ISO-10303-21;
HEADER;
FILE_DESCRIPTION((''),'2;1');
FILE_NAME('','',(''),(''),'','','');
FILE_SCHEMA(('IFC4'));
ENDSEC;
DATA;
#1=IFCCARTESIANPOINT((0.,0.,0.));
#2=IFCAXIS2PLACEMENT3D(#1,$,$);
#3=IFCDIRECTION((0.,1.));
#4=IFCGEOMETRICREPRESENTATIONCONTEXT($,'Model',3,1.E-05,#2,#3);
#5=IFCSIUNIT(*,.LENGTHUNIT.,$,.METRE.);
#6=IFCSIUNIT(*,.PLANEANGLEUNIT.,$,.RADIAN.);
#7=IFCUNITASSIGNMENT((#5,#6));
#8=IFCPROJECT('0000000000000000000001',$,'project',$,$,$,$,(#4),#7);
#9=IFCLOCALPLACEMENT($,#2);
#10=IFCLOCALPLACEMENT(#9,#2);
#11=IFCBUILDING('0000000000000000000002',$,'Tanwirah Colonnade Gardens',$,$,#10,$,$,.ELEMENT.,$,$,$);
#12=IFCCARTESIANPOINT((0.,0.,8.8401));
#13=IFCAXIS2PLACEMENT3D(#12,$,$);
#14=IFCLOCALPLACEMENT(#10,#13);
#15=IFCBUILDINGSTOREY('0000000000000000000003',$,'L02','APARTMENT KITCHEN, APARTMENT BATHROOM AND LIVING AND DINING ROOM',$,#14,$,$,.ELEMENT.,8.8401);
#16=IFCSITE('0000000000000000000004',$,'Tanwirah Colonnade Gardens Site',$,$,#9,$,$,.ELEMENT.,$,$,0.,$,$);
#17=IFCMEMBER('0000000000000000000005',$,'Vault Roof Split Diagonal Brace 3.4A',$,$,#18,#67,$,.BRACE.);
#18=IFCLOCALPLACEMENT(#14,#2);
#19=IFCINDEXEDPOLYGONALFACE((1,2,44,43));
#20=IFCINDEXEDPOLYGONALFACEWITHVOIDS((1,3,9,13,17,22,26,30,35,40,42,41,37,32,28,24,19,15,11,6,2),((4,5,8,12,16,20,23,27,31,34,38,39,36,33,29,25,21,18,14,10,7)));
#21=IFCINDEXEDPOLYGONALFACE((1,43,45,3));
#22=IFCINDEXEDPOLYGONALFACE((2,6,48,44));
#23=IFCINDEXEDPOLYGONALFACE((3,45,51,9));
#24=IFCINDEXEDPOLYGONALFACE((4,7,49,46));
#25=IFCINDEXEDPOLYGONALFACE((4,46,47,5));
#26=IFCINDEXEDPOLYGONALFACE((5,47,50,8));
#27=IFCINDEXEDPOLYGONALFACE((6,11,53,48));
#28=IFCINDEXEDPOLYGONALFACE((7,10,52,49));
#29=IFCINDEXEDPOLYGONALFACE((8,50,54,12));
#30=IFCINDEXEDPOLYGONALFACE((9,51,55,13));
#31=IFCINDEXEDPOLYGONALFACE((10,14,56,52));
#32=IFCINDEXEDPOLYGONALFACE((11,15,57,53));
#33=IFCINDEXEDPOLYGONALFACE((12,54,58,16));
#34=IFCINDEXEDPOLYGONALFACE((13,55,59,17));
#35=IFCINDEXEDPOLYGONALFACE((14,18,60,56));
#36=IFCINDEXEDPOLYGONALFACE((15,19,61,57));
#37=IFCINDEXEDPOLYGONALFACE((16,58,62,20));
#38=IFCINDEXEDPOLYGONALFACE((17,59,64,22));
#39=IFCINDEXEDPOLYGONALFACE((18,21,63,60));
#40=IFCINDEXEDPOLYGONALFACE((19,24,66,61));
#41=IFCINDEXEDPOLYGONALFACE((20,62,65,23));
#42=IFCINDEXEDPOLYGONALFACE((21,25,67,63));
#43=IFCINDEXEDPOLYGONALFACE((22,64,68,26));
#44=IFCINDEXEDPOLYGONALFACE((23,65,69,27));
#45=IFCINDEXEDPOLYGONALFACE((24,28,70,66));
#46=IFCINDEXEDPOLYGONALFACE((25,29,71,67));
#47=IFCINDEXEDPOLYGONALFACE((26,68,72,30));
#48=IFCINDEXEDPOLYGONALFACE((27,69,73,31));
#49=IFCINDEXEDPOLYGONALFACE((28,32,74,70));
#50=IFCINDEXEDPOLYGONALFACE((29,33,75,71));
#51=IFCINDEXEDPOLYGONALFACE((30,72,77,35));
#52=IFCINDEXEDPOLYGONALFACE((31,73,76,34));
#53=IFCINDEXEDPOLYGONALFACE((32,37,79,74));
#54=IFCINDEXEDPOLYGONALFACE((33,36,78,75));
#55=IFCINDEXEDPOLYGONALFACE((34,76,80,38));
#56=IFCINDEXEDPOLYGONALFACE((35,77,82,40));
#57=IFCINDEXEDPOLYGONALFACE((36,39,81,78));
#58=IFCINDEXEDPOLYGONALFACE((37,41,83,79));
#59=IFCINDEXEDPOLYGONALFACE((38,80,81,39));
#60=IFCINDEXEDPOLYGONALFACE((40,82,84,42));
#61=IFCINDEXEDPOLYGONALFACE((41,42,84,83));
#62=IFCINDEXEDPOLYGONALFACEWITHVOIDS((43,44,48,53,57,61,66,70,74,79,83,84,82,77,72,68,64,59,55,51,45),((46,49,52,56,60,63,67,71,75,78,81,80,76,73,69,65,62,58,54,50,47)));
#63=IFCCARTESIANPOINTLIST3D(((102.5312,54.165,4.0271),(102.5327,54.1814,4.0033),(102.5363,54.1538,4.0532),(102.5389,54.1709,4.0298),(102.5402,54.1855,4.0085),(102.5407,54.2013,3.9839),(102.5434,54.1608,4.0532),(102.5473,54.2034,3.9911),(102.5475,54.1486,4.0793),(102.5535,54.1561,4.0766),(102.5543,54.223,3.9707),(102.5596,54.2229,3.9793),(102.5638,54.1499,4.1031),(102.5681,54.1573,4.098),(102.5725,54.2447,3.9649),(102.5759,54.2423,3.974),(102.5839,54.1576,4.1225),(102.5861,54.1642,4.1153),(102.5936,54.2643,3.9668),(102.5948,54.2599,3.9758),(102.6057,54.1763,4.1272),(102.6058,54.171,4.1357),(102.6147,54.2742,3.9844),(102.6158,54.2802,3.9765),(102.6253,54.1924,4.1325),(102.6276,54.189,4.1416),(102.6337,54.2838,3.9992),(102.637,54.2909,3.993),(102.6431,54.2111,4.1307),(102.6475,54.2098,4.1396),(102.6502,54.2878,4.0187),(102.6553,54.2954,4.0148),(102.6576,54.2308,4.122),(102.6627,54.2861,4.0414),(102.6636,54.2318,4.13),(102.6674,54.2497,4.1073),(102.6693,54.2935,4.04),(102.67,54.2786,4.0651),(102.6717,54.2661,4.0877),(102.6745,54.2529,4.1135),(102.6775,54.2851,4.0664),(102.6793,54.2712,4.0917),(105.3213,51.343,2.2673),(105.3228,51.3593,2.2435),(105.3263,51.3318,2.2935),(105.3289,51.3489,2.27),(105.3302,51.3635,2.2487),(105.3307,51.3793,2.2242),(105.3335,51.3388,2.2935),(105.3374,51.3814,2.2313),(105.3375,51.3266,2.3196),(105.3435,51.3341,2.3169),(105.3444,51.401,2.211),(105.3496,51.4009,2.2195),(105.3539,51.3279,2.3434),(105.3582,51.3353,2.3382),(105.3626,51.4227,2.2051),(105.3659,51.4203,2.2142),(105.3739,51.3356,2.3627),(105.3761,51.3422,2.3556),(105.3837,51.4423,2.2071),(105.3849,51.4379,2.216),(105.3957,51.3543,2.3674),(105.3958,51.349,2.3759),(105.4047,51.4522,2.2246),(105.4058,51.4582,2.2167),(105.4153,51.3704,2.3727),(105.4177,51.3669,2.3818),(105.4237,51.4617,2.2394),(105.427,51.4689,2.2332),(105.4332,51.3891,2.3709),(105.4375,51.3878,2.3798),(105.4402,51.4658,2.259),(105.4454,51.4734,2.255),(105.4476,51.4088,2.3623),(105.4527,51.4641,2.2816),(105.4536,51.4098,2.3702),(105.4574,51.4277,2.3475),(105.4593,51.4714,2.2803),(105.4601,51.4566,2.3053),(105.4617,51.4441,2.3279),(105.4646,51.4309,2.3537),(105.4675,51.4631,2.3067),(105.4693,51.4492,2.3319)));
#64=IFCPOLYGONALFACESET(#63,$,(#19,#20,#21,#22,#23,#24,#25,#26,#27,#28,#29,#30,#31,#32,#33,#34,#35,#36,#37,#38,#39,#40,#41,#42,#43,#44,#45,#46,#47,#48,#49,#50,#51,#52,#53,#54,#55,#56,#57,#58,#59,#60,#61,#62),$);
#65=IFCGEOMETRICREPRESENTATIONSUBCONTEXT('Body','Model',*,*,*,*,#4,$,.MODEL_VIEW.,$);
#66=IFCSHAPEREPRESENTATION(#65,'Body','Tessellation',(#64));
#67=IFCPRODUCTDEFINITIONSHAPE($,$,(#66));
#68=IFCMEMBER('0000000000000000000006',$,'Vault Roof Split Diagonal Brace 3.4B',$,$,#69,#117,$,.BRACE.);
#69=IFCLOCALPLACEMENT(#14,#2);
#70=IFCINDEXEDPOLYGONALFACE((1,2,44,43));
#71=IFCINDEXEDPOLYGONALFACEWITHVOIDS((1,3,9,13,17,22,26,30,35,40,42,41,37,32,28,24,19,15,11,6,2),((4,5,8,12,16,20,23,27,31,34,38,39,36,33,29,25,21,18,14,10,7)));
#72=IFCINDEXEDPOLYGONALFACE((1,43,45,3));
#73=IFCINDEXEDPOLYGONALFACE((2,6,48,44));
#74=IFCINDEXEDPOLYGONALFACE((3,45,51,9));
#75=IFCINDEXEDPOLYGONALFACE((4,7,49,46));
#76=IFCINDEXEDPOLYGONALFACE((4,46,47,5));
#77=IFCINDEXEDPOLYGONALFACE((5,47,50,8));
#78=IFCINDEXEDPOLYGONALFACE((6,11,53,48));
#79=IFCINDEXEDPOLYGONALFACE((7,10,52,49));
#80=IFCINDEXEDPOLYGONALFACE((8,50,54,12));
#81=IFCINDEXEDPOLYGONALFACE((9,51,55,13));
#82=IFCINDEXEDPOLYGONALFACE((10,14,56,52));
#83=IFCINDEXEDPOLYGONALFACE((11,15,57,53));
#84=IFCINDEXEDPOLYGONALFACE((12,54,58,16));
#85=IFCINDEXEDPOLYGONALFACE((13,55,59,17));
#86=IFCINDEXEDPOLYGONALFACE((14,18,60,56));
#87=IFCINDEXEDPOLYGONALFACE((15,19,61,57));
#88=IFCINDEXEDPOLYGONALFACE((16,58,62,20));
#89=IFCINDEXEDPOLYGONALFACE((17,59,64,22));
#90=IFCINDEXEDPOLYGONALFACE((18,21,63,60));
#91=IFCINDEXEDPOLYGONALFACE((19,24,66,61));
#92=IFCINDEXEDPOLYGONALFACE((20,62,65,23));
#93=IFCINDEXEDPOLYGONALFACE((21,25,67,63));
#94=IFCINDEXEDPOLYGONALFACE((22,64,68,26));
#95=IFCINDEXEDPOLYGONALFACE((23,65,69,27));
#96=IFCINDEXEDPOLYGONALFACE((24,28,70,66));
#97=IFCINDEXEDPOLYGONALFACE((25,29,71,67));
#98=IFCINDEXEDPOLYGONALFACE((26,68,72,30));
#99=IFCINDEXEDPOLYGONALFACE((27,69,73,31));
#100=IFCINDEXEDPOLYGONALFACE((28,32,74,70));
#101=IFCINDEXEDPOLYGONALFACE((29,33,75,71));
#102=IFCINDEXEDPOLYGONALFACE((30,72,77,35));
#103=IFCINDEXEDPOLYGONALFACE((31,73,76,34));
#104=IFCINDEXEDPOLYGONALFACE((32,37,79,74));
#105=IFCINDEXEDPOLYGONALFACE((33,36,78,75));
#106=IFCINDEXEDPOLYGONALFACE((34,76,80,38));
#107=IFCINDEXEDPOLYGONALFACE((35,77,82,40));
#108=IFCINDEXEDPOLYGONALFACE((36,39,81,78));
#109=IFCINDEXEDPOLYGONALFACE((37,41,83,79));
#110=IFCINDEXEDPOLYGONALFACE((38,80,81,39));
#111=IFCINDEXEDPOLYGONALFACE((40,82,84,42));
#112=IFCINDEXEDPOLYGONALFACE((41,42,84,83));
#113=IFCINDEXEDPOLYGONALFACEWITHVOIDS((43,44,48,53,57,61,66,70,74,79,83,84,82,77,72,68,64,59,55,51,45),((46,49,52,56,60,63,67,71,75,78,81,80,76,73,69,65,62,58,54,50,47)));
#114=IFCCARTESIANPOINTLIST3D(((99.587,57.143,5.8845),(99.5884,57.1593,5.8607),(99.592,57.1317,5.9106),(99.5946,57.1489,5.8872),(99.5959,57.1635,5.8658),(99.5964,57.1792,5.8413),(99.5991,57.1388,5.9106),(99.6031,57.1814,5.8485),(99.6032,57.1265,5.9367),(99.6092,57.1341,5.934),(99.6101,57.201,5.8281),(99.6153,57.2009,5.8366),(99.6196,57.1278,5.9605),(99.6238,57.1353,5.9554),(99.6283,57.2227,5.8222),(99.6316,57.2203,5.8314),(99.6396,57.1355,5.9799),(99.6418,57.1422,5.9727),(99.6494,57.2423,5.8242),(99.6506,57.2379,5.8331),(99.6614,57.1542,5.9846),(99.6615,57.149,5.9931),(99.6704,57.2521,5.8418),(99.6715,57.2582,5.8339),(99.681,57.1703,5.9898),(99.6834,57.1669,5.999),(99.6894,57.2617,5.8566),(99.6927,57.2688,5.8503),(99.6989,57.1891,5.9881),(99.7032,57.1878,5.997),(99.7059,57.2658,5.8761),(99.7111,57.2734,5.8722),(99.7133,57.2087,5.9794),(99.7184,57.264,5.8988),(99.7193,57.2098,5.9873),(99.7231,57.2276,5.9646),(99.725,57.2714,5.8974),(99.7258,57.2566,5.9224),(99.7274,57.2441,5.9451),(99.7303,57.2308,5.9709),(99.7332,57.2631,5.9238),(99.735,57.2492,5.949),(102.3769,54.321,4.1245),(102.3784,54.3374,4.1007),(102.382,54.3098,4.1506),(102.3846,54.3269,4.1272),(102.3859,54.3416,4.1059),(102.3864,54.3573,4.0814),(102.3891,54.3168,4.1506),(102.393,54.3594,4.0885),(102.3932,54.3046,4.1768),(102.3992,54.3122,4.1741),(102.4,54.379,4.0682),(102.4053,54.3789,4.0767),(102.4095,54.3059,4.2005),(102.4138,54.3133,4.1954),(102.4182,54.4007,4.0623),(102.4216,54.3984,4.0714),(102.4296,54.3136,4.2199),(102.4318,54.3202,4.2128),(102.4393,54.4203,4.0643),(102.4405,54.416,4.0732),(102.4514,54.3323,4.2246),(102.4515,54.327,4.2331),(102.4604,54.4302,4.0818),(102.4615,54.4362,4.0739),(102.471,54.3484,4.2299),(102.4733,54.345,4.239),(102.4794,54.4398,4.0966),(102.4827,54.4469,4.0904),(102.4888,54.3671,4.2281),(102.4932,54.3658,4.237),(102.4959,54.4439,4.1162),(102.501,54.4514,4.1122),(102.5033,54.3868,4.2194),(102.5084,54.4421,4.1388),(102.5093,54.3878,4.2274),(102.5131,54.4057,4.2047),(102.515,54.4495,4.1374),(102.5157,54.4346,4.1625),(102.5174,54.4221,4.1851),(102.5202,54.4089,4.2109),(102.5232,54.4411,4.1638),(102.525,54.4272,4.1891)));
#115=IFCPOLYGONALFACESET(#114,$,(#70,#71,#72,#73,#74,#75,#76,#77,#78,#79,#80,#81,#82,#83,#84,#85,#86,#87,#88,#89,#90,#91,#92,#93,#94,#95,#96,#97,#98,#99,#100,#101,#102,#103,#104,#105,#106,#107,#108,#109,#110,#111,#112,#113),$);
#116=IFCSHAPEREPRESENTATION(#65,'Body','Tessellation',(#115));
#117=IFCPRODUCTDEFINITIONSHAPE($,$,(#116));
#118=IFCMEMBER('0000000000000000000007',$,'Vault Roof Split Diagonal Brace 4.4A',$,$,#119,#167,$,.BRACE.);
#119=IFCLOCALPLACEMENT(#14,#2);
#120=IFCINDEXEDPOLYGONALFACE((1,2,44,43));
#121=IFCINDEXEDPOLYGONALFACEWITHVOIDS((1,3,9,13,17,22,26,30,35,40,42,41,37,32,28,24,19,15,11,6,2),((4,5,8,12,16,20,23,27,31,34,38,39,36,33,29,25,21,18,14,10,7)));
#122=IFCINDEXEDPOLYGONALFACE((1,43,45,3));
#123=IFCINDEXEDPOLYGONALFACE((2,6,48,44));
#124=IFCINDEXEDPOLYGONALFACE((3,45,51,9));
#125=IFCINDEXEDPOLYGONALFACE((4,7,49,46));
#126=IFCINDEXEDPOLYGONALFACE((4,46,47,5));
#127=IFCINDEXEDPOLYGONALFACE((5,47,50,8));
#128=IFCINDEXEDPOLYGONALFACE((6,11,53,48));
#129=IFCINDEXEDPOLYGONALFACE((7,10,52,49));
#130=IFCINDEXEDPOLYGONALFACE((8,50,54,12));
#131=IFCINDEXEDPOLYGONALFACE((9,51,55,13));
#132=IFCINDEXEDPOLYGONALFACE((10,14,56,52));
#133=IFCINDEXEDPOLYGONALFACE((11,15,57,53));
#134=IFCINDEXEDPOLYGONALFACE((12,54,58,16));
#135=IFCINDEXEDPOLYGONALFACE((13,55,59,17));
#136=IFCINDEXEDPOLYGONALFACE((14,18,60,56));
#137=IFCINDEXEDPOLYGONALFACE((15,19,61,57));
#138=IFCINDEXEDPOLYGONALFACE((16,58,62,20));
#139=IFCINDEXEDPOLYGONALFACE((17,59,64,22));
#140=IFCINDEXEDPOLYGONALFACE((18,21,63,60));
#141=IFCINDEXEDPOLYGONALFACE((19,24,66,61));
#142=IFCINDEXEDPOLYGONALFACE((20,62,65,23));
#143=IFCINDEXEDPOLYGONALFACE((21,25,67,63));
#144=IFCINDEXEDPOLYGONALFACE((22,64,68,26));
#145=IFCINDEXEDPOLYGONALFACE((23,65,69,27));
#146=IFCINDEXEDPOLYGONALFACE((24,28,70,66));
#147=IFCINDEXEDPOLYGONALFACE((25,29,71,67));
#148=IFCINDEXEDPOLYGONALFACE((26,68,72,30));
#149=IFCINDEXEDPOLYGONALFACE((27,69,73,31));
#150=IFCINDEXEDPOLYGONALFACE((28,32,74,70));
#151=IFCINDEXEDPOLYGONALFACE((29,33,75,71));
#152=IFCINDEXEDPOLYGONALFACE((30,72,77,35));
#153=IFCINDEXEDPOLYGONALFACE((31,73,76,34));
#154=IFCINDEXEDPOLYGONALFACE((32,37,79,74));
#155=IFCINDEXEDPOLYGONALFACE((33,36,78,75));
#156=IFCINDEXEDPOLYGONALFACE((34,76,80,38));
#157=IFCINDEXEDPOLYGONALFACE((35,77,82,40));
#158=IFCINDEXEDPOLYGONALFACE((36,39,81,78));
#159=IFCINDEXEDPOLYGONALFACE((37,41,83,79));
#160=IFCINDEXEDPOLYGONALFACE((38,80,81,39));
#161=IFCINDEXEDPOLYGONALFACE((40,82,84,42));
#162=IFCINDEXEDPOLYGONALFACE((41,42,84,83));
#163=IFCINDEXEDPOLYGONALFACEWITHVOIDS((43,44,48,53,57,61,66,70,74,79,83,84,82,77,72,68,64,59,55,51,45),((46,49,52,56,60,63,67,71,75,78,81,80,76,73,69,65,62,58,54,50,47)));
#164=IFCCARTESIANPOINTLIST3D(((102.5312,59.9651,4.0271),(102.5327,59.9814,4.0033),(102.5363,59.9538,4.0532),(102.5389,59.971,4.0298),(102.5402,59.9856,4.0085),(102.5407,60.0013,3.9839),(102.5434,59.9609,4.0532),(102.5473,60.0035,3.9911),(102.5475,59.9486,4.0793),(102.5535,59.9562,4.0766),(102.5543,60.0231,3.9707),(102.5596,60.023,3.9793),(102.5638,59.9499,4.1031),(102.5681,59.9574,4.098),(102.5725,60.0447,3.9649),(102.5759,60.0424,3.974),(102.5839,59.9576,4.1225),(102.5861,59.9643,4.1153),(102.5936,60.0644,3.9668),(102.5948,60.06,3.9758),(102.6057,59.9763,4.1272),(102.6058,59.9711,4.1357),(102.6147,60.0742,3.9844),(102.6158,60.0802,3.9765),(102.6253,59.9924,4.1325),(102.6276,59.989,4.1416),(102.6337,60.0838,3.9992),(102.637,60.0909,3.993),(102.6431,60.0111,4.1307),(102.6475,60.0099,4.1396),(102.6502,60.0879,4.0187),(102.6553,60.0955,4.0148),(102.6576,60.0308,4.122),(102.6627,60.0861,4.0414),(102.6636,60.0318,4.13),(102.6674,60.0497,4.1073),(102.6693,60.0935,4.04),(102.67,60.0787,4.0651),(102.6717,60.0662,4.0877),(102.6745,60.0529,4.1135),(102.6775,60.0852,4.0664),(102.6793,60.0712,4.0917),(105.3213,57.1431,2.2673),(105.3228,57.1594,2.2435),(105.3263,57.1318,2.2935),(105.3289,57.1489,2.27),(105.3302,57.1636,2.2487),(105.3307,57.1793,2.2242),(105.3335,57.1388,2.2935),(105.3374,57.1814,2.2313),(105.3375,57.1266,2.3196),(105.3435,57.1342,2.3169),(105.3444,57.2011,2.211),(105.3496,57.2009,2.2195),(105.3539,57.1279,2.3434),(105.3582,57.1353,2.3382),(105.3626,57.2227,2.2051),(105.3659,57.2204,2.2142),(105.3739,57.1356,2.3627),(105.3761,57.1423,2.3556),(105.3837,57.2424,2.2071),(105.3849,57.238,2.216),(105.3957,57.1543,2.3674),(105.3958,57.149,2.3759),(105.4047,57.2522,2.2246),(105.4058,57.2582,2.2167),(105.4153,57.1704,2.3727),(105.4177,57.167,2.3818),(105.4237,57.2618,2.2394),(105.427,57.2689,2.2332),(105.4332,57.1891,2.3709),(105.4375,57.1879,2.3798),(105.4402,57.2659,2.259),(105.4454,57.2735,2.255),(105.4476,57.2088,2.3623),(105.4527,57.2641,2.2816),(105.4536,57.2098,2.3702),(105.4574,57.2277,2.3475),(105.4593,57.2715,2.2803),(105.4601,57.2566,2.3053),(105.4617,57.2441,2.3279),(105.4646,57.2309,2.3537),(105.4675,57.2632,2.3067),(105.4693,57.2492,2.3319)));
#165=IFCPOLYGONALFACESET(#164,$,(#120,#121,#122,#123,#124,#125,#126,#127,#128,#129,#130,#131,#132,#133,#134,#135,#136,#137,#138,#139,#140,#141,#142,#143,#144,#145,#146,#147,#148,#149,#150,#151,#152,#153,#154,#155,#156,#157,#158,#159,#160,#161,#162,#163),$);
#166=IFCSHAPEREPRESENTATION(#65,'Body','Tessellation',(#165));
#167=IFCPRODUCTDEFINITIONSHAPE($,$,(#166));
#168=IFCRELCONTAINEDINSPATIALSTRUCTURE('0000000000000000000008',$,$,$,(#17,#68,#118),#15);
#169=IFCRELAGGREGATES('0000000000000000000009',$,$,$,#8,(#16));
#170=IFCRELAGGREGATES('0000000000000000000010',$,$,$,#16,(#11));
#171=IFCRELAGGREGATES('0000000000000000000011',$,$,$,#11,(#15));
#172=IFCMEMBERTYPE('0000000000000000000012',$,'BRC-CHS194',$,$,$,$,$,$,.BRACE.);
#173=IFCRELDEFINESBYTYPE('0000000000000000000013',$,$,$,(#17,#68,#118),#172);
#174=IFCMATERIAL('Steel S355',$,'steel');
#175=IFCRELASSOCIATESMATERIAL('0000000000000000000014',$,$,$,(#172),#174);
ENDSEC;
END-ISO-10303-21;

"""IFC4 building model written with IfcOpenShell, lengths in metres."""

from ifc_helpers import new_model, si_unit, direction, frame, origin, origin_2d, place, context, subcontext, project, spatial, hollow_circle, extrude, material, material_profile, profile_set, type_object, element, save


model = new_model("IFC4")

# Units and contexts
model_context = context("Model", 3, precision=1e-05, world=origin(), true_north=direction((0.0, 1.0)))
body_context = subcontext(model_context, "Body", "Model", "MODEL_VIEW")
ifc_project = project(units=[si_unit("LENGTHUNIT", "METRE"), si_unit("PLANEANGLEUNIT", "RADIAN")], contexts=[model_context])

# Site, building, storey
site_placement = place(None, origin())
site = spatial("IfcSite", under=ifc_project, at=site_placement, Name="Tanwirah Colonnade Gardens Site", CompositionType="ELEMENT", RefElevation=0.0)
building_placement = place(site_placement, origin())
building = spatial("IfcBuilding", under=site, at=building_placement, Name="Tanwirah Colonnade Gardens", CompositionType="ELEMENT")
storey_placement = place(building_placement, frame((0.0, 0.0, 8.8401)))
storey = spatial("IfcBuildingStorey", under=building, at=storey_placement, Name="L02", Description="APARTMENT KITCHEN, APARTMENT BATHROOM AND LIVING AND DINING ROOM", CompositionType="ELEMENT", Elevation=8.8401)

# Members
ifc_material_1 = material(Name="Steel S355", Category="steel")
ifc_material_profile_1 = material_profile(ifc_material_1, hollow_circle(Radius=0.0969, WallThickness=0.01, at=origin_2d()), Name="CHS 193.7x10")
ifc_profile_set_1 = profile_set([ifc_material_profile_1], Name="Steel S355")
member_type_1 = type_object("IfcMemberType", Name="BRC-CHS194", PredefinedType="BRACE", material=ifc_profile_set_1)
for number, where, z_axis, x_axis, name in (
    (1, (105.3953, 51.3999, 2.2935), (-0.642708, 0.650075, 0.405376), (-0.711125, -0.703066, 0.0), "Vault Roof Split Diagonal Brace 3.4A"),
    (2, (102.4509, 54.3779, 4.1506), (-0.642693, 0.65006, 0.405423), (-0.711125, -0.703066, 0.0), "Vault Roof Split Diagonal Brace 3.4B"),
    (3, (105.3953, 57.2, 2.2935), (-0.642708, 0.650075, 0.405376), (-0.711125, -0.703066, 0.0), "Vault Roof Split Diagonal Brace 4.4A"),
):
    element("IfcMember", number, at=place(storey_placement, frame(where, z_axis=z_axis, x_axis=x_axis)), inside=storey, type_object=member_type_1, Name=name, PredefinedType="BRACE", context=body_context, shape_type="SweptSolid", body=[
        extrude(hollow_circle(Radius=0.0969, WallThickness=0.01, at=origin_2d()), origin(), (0.0, 0.0, 1.0), 4.3411),
    ])

save(model, "model.ifc")
